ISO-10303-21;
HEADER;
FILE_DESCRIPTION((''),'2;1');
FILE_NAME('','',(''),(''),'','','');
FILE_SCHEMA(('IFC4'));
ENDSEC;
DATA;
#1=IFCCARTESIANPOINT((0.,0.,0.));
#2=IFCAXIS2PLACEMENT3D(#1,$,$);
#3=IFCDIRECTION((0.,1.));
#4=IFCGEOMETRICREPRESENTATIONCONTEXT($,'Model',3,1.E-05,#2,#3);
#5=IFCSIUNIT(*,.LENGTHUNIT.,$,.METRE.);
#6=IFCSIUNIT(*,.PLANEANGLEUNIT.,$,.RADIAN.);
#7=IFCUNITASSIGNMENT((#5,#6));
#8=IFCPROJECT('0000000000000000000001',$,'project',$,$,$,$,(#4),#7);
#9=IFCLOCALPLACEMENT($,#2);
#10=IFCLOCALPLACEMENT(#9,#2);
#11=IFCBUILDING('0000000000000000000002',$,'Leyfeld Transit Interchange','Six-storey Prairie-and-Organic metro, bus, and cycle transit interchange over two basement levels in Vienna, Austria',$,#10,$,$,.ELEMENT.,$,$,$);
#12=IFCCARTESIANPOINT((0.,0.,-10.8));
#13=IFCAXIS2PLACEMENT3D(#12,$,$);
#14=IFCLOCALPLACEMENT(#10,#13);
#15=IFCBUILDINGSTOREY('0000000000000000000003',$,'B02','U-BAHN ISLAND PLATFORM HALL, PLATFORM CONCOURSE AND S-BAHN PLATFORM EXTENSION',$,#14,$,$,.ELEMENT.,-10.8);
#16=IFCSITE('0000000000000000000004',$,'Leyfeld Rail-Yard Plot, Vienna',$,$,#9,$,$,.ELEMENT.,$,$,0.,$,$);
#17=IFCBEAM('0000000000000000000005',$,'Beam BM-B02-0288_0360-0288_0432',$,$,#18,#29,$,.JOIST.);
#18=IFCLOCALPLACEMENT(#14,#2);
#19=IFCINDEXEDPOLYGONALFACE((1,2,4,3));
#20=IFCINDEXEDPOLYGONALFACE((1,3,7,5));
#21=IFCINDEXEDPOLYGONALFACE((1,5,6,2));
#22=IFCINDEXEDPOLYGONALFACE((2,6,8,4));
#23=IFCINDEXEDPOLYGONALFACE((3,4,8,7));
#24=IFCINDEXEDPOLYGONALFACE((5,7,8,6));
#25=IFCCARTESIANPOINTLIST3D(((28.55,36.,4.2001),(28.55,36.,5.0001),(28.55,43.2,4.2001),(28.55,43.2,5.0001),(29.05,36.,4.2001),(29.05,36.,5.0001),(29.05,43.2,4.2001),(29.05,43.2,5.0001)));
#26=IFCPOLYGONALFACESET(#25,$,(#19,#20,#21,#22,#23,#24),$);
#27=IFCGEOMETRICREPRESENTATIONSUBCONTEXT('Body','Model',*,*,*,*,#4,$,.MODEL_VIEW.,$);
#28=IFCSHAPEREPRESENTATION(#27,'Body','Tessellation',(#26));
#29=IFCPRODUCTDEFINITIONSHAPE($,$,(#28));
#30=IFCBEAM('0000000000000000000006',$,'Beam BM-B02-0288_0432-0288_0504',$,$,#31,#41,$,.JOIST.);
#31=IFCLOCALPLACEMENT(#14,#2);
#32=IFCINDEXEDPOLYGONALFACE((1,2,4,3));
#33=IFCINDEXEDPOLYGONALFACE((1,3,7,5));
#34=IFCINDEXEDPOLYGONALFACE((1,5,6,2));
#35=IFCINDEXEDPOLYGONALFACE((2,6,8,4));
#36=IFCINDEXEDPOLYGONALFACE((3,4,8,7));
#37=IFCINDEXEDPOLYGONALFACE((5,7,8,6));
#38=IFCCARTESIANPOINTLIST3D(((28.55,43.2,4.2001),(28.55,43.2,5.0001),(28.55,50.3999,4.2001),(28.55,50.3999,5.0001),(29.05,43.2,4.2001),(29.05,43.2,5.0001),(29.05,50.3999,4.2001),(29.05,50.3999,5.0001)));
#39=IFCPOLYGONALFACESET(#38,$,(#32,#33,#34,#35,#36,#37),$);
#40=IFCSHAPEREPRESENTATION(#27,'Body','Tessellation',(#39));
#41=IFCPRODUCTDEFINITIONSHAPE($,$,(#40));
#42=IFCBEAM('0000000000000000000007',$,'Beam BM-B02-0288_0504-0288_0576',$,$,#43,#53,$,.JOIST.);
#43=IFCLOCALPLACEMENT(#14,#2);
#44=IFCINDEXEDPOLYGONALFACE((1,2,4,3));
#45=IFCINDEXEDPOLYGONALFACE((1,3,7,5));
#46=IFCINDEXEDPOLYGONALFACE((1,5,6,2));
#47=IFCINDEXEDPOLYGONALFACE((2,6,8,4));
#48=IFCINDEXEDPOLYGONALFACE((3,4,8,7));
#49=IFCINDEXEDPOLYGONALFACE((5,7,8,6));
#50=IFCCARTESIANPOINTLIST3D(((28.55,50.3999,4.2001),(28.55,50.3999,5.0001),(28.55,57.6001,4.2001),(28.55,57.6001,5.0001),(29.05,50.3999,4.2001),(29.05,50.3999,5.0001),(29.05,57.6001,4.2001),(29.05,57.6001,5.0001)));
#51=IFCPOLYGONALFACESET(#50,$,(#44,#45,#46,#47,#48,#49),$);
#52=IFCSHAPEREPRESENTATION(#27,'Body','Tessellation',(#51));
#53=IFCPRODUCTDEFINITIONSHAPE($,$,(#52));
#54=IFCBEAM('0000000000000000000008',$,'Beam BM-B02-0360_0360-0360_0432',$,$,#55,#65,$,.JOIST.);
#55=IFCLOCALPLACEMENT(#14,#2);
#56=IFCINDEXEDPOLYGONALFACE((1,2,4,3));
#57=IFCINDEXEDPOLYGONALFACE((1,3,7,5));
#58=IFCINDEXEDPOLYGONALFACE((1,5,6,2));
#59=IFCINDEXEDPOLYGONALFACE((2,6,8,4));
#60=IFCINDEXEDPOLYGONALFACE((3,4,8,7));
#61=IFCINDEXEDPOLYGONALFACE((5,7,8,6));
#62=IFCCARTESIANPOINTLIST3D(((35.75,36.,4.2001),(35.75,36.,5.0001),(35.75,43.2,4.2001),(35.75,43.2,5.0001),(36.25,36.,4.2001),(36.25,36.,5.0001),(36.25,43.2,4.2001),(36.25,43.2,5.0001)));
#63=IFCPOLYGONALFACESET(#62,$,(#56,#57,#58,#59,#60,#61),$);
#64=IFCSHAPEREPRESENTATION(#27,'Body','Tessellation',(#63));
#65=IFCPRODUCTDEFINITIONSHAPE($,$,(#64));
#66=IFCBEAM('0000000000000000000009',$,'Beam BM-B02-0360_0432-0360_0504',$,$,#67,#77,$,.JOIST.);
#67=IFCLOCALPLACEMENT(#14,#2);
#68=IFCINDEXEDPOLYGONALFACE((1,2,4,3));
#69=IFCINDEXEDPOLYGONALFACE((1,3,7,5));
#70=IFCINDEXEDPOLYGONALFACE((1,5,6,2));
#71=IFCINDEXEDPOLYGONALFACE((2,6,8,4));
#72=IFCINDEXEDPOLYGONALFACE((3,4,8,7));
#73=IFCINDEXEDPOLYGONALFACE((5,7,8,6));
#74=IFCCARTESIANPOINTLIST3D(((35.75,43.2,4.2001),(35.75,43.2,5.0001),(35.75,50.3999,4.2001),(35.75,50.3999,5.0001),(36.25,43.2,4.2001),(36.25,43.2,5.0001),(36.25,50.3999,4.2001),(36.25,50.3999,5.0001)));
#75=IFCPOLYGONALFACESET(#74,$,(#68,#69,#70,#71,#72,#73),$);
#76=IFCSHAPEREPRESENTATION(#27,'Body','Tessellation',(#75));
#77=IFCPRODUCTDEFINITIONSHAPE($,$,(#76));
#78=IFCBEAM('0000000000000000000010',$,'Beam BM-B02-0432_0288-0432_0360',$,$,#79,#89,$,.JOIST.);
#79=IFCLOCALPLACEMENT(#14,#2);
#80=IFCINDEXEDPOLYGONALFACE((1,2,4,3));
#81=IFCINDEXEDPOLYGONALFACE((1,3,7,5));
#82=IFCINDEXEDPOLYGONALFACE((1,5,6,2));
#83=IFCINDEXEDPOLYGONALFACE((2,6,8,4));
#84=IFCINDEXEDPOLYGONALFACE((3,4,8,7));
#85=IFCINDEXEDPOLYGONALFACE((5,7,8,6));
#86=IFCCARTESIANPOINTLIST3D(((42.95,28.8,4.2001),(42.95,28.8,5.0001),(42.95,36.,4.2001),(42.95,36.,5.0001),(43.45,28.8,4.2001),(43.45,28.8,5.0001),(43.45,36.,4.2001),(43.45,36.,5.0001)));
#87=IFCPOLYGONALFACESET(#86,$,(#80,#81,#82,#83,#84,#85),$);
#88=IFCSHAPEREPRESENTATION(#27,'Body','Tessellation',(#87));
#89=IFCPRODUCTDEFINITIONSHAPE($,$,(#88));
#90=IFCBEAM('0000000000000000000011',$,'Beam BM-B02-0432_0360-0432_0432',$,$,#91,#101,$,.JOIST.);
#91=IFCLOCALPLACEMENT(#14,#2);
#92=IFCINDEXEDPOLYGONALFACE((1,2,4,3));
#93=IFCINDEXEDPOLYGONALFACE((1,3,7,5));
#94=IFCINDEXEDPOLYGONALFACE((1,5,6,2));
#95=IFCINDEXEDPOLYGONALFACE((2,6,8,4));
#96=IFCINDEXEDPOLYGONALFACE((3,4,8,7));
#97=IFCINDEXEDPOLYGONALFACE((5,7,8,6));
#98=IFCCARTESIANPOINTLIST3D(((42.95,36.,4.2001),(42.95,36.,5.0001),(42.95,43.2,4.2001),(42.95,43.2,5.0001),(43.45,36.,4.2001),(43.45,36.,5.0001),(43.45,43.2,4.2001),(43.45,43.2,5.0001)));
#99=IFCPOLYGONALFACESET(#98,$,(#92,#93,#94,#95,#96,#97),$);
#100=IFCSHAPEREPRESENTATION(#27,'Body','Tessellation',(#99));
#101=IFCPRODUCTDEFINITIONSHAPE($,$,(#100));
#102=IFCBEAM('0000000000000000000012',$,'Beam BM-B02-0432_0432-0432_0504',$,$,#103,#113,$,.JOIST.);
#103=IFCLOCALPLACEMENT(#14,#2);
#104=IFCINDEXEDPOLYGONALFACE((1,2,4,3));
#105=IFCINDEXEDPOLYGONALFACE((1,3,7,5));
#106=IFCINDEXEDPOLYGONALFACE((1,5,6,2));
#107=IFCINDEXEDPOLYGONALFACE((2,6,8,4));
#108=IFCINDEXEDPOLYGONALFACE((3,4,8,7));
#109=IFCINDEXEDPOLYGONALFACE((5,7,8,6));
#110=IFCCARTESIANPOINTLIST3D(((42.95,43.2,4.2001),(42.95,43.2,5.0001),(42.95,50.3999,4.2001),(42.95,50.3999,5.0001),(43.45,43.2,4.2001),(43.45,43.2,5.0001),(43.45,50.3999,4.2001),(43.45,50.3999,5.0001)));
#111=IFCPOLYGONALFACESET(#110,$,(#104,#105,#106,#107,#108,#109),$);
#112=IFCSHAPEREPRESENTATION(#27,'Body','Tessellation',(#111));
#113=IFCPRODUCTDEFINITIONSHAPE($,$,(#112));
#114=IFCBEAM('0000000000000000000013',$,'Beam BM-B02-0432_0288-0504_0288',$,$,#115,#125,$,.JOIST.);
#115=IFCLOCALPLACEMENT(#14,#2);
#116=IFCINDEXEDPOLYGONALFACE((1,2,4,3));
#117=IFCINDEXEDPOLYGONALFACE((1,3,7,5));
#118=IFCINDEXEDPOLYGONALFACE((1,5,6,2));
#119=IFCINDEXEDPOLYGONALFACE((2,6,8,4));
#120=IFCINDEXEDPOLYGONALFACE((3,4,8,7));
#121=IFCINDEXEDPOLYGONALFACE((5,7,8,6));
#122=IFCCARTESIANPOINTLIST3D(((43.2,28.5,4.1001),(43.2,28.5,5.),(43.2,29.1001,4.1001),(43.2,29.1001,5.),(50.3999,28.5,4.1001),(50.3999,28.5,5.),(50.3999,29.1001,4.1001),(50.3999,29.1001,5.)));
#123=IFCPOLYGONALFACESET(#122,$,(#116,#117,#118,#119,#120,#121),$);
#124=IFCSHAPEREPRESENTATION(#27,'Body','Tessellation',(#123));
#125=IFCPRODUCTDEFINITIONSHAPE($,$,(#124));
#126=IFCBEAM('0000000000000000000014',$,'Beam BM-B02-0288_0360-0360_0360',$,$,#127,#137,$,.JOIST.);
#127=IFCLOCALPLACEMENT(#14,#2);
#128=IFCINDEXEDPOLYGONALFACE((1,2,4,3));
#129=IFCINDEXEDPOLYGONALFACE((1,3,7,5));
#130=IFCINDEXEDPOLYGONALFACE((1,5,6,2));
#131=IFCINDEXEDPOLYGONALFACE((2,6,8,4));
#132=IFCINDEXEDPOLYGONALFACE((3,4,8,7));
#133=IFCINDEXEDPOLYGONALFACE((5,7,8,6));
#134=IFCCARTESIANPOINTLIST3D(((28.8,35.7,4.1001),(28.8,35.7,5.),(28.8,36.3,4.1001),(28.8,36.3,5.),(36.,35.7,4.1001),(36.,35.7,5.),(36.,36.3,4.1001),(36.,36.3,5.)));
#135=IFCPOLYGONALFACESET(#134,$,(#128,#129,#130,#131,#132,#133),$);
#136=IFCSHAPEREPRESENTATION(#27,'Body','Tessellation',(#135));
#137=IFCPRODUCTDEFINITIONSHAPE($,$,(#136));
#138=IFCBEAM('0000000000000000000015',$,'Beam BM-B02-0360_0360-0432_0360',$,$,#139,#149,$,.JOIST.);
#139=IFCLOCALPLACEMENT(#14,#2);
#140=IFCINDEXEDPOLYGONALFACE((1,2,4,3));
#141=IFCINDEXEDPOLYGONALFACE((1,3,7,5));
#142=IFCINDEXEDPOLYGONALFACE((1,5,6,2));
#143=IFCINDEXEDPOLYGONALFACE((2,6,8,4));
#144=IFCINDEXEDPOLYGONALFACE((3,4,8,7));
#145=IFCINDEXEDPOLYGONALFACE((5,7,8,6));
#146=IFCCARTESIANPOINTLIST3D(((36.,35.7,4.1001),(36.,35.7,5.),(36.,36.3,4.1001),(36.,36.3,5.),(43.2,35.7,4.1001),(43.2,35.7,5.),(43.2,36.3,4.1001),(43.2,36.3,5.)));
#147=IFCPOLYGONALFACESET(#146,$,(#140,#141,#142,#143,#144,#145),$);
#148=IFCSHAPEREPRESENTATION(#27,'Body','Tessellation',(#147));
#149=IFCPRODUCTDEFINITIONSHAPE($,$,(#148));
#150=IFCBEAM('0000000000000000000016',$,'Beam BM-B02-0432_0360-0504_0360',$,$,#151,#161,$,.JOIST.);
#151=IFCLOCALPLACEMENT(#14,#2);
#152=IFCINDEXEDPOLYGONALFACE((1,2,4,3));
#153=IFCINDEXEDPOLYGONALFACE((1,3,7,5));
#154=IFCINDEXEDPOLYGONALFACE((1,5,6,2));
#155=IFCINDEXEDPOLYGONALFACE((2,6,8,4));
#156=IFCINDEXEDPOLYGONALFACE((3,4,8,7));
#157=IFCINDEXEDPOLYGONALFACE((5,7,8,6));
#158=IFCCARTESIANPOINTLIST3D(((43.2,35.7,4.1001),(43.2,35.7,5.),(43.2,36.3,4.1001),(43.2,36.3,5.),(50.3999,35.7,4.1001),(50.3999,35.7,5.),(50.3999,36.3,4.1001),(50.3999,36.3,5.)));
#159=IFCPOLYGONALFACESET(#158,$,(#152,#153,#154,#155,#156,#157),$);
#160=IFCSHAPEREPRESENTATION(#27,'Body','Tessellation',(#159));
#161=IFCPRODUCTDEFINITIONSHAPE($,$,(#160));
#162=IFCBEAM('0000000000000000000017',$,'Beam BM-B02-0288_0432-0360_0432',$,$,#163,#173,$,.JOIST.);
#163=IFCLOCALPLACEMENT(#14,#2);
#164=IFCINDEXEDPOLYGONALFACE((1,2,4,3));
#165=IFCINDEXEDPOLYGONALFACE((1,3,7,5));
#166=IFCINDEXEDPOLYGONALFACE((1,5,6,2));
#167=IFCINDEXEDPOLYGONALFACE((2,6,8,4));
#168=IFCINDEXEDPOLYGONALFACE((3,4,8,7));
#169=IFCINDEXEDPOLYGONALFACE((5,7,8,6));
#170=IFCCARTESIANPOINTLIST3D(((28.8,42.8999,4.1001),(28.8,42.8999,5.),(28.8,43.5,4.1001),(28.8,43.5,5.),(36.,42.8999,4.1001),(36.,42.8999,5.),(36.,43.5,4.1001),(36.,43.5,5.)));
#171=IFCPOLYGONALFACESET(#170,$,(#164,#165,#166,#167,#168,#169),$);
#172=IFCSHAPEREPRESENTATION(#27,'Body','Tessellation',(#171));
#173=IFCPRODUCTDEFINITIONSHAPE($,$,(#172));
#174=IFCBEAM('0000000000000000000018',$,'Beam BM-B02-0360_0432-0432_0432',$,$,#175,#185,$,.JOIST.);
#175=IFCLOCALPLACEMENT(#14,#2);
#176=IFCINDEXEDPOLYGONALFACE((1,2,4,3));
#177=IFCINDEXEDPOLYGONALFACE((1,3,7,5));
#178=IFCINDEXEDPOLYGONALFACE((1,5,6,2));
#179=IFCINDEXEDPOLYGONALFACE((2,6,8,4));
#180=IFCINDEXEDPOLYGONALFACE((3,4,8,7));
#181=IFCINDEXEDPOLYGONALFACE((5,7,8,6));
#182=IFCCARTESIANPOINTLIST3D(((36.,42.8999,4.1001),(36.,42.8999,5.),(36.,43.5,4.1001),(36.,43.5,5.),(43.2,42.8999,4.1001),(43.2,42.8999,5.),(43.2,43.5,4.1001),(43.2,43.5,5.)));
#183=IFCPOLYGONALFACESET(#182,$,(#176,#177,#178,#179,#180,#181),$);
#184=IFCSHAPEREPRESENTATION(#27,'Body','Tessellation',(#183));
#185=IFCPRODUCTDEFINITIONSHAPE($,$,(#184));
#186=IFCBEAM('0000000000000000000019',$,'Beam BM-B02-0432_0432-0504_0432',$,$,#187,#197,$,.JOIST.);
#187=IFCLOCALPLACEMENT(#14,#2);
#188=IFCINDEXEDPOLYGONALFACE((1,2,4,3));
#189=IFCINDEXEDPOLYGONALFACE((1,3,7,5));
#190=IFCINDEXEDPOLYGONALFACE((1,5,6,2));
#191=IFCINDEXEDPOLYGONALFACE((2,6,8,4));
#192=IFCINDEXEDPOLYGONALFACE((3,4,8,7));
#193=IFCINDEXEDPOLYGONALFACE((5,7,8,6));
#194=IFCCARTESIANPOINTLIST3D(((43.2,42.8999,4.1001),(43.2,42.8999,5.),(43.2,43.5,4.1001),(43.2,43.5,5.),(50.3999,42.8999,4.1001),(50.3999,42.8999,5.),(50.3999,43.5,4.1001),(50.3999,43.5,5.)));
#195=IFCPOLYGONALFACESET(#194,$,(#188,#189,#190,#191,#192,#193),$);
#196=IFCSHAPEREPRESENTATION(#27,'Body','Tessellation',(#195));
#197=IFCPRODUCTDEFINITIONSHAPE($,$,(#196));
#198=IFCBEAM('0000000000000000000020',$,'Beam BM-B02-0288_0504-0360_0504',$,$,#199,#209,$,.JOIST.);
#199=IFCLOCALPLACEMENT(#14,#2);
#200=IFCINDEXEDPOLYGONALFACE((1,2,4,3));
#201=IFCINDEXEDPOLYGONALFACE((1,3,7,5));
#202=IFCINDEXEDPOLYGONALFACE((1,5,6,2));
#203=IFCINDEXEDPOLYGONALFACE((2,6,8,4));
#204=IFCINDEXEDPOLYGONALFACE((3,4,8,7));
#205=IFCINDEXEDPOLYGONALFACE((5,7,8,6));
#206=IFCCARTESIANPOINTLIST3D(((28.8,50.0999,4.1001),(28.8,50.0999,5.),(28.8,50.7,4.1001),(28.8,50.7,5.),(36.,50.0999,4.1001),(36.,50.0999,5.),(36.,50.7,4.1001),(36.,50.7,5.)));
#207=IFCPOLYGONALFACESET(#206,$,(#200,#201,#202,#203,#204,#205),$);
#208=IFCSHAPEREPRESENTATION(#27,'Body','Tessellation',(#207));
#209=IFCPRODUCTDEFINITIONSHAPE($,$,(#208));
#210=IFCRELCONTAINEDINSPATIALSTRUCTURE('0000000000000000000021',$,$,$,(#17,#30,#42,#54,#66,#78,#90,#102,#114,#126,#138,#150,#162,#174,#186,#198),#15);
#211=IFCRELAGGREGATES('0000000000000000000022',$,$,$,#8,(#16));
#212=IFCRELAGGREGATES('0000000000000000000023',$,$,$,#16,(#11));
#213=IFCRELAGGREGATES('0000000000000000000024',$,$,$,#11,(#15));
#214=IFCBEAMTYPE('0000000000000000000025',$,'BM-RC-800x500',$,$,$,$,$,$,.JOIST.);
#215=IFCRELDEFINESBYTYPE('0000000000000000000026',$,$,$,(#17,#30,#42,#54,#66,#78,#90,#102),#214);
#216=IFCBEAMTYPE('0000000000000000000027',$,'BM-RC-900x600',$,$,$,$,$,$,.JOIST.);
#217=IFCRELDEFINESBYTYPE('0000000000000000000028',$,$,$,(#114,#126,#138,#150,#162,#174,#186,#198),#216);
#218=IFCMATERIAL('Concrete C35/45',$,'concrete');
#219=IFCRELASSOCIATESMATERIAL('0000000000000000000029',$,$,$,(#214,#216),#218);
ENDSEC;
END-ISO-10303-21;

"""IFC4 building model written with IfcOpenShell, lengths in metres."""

from ifc_helpers import new_model, si_unit, direction, frame, origin, origin_2d, place, context, subcontext, project, spatial, rectangle, extrude, material, material_profile, profile_set, type_object, element, save


model = new_model("IFC4")

# Units and contexts
model_context = context("Model", 3, precision=1e-05, world=origin(), true_north=direction((0.0, 1.0)))
body_context = subcontext(model_context, "Body", "Model", "MODEL_VIEW")
ifc_project = project(units=[si_unit("LENGTHUNIT", "METRE"), si_unit("PLANEANGLEUNIT", "RADIAN")], contexts=[model_context])

# Site, building, storey
site_placement = place(None, origin())
site = spatial("IfcSite", under=ifc_project, at=site_placement, Name="Leyfeld Rail-Yard Plot, Vienna", CompositionType="ELEMENT", RefElevation=0.0)
building_placement = place(site_placement, origin())
building = spatial("IfcBuilding", under=site, at=building_placement, Name="Leyfeld Transit Interchange", Description="Six-storey Prairie-and-Organic metro, bus, and cycle transit interchange over two basement levels in Vienna, Austria", CompositionType="ELEMENT")
storey_placement = place(building_placement, frame((0.0, 0.0, -10.8)))
storey = spatial("IfcBuildingStorey", under=building, at=storey_placement, Name="B02", Description="U-BAHN ISLAND PLATFORM HALL, PLATFORM CONCOURSE AND S-BAHN PLATFORM EXTENSION", CompositionType="ELEMENT", Elevation=-10.8)

# Shared definitions
ifc_material = material(Name="Concrete C35/45", Category="concrete")

# Beams
ifc_material_profile_1 = material_profile(ifc_material, rectangle(XDim=0.5, YDim=0.8, at=origin_2d()), Name="RC 800x500")
ifc_profile_set_1 = profile_set([ifc_material_profile_1], Name="Concrete C35/45")
beam_type_1 = type_object("IfcBeamType", Name="BM-RC-800x500", PredefinedType="JOIST", material=ifc_profile_set_1)
for number, where, z_axis, x_axis, name in (
    (1, (28.8, 36.0, 4.6001), (0.0, 1.0, 0.0), (-1.0, 0.0, 0.0), "Beam BM-B02-0288_0360-0288_0432"),
    (2, (28.8, 43.2, 4.6001), (0.0, 1.0, 0.0), (-1.0, 0.0, 0.0), "Beam BM-B02-0288_0432-0288_0504"),
):
    element("IfcBeam", number, at=place(storey_placement, frame(where, z_axis=z_axis, x_axis=x_axis)), inside=storey, type_object=beam_type_1, Name=name, PredefinedType="JOIST", context=body_context, shape_type="SweptSolid", body=[
        extrude(rectangle(XDim=0.5, YDim=0.8, at=origin_2d()), origin(), (0.0, 0.0, 1.0), 7.2),
    ])
beam_placement = place(storey_placement, frame((28.8, 50.3999, 4.6001), z_axis=(0.0, 1.0, 0.0), x_axis=(-1.0, 0.0, 0.0)))
element("IfcBeam", 3, at=beam_placement, inside=storey, type_object=beam_type_1, Name="Beam BM-B02-0288_0504-0288_0576", PredefinedType="JOIST", context=body_context, shape_type="SweptSolid", body=[
    extrude(rectangle(XDim=0.5, YDim=0.8, at=origin_2d()), origin(), (0.0, 0.0, 1.0), 7.2002),
])
for number, where, z_axis, x_axis, name in (
    (4, (36.0, 36.0, 4.6001), (0.0, 1.0, 0.0), (-1.0, 0.0, 0.0), "Beam BM-B02-0360_0360-0360_0432"),
    (5, (36.0, 43.2, 4.6001), (0.0, 1.0, 0.0), (-1.0, 0.0, 0.0), "Beam BM-B02-0360_0432-0360_0504"),
    (6, (43.2, 28.8, 4.6001), (0.0, 1.0, 0.0), (-1.0, 0.0, 0.0), "Beam BM-B02-0432_0288-0432_0360"),
    (7, (43.2, 36.0, 4.6001), (0.0, 1.0, 0.0), (-1.0, 0.0, 0.0), "Beam BM-B02-0432_0360-0432_0432"),
    (8, (43.2, 43.2, 4.6001), (0.0, 1.0, 0.0), (-1.0, 0.0, 0.0), "Beam BM-B02-0432_0432-0432_0504"),
):
    element("IfcBeam", number, at=place(storey_placement, frame(where, z_axis=z_axis, x_axis=x_axis)), inside=storey, type_object=beam_type_1, Name=name, PredefinedType="JOIST", context=body_context, shape_type="SweptSolid", body=[
        extrude(rectangle(XDim=0.5, YDim=0.8, at=origin_2d()), origin(), (0.0, 0.0, 1.0), 7.2),
    ])
ifc_material_profile_2 = material_profile(ifc_material, rectangle(XDim=0.6001, YDim=0.8999, at=origin_2d()), Name="RC 900x600")
ifc_profile_set_2 = profile_set([ifc_material_profile_2], Name="Concrete C35/45")
beam_type_2 = type_object("IfcBeamType", Name="BM-RC-900x600", PredefinedType="JOIST", material=ifc_profile_set_2)
for number, where, z_axis, x_axis, name in (
    (9, (43.2, 28.8, 4.55), (1.0, 0.0, 0.0), (0.0, 1.0, 0.0), "Beam BM-B02-0432_0288-0504_0288"),
    (10, (28.8, 36.0, 4.55), (1.0, 0.0, 0.0), (0.0, 1.0, 0.0), "Beam BM-B02-0288_0360-0360_0360"),
    (11, (36.0, 36.0, 4.55), (1.0, 0.0, 0.0), (0.0, 1.0, 0.0), "Beam BM-B02-0360_0360-0432_0360"),
    (12, (43.2, 36.0, 4.55), (1.0, 0.0, 0.0), (0.0, 1.0, 0.0), "Beam BM-B02-0432_0360-0504_0360"),
    (13, (28.8, 43.2, 4.55), (1.0, 0.0, 0.0), (0.0, 1.0, 0.0), "Beam BM-B02-0288_0432-0360_0432"),
    (14, (36.0, 43.2, 4.55), (1.0, 0.0, 0.0), (0.0, 1.0, 0.0), "Beam BM-B02-0360_0432-0432_0432"),
    (15, (43.2, 43.2, 4.55), (1.0, 0.0, 0.0), (0.0, 1.0, 0.0), "Beam BM-B02-0432_0432-0504_0432"),
    (16, (28.8, 50.3999, 4.55), (1.0, 0.0, 0.0), (0.0, 1.0, 0.0), "Beam BM-B02-0288_0504-0360_0504"),
):
    element("IfcBeam", number, at=place(storey_placement, frame(where, z_axis=z_axis, x_axis=x_axis)), inside=storey, type_object=beam_type_2, Name=name, PredefinedType="JOIST", context=body_context, shape_type="SweptSolid", body=[
        extrude(rectangle(XDim=0.6001, YDim=0.8999, at=origin_2d()), origin(), (0.0, 0.0, 1.0), 7.2),
    ])

save(model, "model.ifc")
